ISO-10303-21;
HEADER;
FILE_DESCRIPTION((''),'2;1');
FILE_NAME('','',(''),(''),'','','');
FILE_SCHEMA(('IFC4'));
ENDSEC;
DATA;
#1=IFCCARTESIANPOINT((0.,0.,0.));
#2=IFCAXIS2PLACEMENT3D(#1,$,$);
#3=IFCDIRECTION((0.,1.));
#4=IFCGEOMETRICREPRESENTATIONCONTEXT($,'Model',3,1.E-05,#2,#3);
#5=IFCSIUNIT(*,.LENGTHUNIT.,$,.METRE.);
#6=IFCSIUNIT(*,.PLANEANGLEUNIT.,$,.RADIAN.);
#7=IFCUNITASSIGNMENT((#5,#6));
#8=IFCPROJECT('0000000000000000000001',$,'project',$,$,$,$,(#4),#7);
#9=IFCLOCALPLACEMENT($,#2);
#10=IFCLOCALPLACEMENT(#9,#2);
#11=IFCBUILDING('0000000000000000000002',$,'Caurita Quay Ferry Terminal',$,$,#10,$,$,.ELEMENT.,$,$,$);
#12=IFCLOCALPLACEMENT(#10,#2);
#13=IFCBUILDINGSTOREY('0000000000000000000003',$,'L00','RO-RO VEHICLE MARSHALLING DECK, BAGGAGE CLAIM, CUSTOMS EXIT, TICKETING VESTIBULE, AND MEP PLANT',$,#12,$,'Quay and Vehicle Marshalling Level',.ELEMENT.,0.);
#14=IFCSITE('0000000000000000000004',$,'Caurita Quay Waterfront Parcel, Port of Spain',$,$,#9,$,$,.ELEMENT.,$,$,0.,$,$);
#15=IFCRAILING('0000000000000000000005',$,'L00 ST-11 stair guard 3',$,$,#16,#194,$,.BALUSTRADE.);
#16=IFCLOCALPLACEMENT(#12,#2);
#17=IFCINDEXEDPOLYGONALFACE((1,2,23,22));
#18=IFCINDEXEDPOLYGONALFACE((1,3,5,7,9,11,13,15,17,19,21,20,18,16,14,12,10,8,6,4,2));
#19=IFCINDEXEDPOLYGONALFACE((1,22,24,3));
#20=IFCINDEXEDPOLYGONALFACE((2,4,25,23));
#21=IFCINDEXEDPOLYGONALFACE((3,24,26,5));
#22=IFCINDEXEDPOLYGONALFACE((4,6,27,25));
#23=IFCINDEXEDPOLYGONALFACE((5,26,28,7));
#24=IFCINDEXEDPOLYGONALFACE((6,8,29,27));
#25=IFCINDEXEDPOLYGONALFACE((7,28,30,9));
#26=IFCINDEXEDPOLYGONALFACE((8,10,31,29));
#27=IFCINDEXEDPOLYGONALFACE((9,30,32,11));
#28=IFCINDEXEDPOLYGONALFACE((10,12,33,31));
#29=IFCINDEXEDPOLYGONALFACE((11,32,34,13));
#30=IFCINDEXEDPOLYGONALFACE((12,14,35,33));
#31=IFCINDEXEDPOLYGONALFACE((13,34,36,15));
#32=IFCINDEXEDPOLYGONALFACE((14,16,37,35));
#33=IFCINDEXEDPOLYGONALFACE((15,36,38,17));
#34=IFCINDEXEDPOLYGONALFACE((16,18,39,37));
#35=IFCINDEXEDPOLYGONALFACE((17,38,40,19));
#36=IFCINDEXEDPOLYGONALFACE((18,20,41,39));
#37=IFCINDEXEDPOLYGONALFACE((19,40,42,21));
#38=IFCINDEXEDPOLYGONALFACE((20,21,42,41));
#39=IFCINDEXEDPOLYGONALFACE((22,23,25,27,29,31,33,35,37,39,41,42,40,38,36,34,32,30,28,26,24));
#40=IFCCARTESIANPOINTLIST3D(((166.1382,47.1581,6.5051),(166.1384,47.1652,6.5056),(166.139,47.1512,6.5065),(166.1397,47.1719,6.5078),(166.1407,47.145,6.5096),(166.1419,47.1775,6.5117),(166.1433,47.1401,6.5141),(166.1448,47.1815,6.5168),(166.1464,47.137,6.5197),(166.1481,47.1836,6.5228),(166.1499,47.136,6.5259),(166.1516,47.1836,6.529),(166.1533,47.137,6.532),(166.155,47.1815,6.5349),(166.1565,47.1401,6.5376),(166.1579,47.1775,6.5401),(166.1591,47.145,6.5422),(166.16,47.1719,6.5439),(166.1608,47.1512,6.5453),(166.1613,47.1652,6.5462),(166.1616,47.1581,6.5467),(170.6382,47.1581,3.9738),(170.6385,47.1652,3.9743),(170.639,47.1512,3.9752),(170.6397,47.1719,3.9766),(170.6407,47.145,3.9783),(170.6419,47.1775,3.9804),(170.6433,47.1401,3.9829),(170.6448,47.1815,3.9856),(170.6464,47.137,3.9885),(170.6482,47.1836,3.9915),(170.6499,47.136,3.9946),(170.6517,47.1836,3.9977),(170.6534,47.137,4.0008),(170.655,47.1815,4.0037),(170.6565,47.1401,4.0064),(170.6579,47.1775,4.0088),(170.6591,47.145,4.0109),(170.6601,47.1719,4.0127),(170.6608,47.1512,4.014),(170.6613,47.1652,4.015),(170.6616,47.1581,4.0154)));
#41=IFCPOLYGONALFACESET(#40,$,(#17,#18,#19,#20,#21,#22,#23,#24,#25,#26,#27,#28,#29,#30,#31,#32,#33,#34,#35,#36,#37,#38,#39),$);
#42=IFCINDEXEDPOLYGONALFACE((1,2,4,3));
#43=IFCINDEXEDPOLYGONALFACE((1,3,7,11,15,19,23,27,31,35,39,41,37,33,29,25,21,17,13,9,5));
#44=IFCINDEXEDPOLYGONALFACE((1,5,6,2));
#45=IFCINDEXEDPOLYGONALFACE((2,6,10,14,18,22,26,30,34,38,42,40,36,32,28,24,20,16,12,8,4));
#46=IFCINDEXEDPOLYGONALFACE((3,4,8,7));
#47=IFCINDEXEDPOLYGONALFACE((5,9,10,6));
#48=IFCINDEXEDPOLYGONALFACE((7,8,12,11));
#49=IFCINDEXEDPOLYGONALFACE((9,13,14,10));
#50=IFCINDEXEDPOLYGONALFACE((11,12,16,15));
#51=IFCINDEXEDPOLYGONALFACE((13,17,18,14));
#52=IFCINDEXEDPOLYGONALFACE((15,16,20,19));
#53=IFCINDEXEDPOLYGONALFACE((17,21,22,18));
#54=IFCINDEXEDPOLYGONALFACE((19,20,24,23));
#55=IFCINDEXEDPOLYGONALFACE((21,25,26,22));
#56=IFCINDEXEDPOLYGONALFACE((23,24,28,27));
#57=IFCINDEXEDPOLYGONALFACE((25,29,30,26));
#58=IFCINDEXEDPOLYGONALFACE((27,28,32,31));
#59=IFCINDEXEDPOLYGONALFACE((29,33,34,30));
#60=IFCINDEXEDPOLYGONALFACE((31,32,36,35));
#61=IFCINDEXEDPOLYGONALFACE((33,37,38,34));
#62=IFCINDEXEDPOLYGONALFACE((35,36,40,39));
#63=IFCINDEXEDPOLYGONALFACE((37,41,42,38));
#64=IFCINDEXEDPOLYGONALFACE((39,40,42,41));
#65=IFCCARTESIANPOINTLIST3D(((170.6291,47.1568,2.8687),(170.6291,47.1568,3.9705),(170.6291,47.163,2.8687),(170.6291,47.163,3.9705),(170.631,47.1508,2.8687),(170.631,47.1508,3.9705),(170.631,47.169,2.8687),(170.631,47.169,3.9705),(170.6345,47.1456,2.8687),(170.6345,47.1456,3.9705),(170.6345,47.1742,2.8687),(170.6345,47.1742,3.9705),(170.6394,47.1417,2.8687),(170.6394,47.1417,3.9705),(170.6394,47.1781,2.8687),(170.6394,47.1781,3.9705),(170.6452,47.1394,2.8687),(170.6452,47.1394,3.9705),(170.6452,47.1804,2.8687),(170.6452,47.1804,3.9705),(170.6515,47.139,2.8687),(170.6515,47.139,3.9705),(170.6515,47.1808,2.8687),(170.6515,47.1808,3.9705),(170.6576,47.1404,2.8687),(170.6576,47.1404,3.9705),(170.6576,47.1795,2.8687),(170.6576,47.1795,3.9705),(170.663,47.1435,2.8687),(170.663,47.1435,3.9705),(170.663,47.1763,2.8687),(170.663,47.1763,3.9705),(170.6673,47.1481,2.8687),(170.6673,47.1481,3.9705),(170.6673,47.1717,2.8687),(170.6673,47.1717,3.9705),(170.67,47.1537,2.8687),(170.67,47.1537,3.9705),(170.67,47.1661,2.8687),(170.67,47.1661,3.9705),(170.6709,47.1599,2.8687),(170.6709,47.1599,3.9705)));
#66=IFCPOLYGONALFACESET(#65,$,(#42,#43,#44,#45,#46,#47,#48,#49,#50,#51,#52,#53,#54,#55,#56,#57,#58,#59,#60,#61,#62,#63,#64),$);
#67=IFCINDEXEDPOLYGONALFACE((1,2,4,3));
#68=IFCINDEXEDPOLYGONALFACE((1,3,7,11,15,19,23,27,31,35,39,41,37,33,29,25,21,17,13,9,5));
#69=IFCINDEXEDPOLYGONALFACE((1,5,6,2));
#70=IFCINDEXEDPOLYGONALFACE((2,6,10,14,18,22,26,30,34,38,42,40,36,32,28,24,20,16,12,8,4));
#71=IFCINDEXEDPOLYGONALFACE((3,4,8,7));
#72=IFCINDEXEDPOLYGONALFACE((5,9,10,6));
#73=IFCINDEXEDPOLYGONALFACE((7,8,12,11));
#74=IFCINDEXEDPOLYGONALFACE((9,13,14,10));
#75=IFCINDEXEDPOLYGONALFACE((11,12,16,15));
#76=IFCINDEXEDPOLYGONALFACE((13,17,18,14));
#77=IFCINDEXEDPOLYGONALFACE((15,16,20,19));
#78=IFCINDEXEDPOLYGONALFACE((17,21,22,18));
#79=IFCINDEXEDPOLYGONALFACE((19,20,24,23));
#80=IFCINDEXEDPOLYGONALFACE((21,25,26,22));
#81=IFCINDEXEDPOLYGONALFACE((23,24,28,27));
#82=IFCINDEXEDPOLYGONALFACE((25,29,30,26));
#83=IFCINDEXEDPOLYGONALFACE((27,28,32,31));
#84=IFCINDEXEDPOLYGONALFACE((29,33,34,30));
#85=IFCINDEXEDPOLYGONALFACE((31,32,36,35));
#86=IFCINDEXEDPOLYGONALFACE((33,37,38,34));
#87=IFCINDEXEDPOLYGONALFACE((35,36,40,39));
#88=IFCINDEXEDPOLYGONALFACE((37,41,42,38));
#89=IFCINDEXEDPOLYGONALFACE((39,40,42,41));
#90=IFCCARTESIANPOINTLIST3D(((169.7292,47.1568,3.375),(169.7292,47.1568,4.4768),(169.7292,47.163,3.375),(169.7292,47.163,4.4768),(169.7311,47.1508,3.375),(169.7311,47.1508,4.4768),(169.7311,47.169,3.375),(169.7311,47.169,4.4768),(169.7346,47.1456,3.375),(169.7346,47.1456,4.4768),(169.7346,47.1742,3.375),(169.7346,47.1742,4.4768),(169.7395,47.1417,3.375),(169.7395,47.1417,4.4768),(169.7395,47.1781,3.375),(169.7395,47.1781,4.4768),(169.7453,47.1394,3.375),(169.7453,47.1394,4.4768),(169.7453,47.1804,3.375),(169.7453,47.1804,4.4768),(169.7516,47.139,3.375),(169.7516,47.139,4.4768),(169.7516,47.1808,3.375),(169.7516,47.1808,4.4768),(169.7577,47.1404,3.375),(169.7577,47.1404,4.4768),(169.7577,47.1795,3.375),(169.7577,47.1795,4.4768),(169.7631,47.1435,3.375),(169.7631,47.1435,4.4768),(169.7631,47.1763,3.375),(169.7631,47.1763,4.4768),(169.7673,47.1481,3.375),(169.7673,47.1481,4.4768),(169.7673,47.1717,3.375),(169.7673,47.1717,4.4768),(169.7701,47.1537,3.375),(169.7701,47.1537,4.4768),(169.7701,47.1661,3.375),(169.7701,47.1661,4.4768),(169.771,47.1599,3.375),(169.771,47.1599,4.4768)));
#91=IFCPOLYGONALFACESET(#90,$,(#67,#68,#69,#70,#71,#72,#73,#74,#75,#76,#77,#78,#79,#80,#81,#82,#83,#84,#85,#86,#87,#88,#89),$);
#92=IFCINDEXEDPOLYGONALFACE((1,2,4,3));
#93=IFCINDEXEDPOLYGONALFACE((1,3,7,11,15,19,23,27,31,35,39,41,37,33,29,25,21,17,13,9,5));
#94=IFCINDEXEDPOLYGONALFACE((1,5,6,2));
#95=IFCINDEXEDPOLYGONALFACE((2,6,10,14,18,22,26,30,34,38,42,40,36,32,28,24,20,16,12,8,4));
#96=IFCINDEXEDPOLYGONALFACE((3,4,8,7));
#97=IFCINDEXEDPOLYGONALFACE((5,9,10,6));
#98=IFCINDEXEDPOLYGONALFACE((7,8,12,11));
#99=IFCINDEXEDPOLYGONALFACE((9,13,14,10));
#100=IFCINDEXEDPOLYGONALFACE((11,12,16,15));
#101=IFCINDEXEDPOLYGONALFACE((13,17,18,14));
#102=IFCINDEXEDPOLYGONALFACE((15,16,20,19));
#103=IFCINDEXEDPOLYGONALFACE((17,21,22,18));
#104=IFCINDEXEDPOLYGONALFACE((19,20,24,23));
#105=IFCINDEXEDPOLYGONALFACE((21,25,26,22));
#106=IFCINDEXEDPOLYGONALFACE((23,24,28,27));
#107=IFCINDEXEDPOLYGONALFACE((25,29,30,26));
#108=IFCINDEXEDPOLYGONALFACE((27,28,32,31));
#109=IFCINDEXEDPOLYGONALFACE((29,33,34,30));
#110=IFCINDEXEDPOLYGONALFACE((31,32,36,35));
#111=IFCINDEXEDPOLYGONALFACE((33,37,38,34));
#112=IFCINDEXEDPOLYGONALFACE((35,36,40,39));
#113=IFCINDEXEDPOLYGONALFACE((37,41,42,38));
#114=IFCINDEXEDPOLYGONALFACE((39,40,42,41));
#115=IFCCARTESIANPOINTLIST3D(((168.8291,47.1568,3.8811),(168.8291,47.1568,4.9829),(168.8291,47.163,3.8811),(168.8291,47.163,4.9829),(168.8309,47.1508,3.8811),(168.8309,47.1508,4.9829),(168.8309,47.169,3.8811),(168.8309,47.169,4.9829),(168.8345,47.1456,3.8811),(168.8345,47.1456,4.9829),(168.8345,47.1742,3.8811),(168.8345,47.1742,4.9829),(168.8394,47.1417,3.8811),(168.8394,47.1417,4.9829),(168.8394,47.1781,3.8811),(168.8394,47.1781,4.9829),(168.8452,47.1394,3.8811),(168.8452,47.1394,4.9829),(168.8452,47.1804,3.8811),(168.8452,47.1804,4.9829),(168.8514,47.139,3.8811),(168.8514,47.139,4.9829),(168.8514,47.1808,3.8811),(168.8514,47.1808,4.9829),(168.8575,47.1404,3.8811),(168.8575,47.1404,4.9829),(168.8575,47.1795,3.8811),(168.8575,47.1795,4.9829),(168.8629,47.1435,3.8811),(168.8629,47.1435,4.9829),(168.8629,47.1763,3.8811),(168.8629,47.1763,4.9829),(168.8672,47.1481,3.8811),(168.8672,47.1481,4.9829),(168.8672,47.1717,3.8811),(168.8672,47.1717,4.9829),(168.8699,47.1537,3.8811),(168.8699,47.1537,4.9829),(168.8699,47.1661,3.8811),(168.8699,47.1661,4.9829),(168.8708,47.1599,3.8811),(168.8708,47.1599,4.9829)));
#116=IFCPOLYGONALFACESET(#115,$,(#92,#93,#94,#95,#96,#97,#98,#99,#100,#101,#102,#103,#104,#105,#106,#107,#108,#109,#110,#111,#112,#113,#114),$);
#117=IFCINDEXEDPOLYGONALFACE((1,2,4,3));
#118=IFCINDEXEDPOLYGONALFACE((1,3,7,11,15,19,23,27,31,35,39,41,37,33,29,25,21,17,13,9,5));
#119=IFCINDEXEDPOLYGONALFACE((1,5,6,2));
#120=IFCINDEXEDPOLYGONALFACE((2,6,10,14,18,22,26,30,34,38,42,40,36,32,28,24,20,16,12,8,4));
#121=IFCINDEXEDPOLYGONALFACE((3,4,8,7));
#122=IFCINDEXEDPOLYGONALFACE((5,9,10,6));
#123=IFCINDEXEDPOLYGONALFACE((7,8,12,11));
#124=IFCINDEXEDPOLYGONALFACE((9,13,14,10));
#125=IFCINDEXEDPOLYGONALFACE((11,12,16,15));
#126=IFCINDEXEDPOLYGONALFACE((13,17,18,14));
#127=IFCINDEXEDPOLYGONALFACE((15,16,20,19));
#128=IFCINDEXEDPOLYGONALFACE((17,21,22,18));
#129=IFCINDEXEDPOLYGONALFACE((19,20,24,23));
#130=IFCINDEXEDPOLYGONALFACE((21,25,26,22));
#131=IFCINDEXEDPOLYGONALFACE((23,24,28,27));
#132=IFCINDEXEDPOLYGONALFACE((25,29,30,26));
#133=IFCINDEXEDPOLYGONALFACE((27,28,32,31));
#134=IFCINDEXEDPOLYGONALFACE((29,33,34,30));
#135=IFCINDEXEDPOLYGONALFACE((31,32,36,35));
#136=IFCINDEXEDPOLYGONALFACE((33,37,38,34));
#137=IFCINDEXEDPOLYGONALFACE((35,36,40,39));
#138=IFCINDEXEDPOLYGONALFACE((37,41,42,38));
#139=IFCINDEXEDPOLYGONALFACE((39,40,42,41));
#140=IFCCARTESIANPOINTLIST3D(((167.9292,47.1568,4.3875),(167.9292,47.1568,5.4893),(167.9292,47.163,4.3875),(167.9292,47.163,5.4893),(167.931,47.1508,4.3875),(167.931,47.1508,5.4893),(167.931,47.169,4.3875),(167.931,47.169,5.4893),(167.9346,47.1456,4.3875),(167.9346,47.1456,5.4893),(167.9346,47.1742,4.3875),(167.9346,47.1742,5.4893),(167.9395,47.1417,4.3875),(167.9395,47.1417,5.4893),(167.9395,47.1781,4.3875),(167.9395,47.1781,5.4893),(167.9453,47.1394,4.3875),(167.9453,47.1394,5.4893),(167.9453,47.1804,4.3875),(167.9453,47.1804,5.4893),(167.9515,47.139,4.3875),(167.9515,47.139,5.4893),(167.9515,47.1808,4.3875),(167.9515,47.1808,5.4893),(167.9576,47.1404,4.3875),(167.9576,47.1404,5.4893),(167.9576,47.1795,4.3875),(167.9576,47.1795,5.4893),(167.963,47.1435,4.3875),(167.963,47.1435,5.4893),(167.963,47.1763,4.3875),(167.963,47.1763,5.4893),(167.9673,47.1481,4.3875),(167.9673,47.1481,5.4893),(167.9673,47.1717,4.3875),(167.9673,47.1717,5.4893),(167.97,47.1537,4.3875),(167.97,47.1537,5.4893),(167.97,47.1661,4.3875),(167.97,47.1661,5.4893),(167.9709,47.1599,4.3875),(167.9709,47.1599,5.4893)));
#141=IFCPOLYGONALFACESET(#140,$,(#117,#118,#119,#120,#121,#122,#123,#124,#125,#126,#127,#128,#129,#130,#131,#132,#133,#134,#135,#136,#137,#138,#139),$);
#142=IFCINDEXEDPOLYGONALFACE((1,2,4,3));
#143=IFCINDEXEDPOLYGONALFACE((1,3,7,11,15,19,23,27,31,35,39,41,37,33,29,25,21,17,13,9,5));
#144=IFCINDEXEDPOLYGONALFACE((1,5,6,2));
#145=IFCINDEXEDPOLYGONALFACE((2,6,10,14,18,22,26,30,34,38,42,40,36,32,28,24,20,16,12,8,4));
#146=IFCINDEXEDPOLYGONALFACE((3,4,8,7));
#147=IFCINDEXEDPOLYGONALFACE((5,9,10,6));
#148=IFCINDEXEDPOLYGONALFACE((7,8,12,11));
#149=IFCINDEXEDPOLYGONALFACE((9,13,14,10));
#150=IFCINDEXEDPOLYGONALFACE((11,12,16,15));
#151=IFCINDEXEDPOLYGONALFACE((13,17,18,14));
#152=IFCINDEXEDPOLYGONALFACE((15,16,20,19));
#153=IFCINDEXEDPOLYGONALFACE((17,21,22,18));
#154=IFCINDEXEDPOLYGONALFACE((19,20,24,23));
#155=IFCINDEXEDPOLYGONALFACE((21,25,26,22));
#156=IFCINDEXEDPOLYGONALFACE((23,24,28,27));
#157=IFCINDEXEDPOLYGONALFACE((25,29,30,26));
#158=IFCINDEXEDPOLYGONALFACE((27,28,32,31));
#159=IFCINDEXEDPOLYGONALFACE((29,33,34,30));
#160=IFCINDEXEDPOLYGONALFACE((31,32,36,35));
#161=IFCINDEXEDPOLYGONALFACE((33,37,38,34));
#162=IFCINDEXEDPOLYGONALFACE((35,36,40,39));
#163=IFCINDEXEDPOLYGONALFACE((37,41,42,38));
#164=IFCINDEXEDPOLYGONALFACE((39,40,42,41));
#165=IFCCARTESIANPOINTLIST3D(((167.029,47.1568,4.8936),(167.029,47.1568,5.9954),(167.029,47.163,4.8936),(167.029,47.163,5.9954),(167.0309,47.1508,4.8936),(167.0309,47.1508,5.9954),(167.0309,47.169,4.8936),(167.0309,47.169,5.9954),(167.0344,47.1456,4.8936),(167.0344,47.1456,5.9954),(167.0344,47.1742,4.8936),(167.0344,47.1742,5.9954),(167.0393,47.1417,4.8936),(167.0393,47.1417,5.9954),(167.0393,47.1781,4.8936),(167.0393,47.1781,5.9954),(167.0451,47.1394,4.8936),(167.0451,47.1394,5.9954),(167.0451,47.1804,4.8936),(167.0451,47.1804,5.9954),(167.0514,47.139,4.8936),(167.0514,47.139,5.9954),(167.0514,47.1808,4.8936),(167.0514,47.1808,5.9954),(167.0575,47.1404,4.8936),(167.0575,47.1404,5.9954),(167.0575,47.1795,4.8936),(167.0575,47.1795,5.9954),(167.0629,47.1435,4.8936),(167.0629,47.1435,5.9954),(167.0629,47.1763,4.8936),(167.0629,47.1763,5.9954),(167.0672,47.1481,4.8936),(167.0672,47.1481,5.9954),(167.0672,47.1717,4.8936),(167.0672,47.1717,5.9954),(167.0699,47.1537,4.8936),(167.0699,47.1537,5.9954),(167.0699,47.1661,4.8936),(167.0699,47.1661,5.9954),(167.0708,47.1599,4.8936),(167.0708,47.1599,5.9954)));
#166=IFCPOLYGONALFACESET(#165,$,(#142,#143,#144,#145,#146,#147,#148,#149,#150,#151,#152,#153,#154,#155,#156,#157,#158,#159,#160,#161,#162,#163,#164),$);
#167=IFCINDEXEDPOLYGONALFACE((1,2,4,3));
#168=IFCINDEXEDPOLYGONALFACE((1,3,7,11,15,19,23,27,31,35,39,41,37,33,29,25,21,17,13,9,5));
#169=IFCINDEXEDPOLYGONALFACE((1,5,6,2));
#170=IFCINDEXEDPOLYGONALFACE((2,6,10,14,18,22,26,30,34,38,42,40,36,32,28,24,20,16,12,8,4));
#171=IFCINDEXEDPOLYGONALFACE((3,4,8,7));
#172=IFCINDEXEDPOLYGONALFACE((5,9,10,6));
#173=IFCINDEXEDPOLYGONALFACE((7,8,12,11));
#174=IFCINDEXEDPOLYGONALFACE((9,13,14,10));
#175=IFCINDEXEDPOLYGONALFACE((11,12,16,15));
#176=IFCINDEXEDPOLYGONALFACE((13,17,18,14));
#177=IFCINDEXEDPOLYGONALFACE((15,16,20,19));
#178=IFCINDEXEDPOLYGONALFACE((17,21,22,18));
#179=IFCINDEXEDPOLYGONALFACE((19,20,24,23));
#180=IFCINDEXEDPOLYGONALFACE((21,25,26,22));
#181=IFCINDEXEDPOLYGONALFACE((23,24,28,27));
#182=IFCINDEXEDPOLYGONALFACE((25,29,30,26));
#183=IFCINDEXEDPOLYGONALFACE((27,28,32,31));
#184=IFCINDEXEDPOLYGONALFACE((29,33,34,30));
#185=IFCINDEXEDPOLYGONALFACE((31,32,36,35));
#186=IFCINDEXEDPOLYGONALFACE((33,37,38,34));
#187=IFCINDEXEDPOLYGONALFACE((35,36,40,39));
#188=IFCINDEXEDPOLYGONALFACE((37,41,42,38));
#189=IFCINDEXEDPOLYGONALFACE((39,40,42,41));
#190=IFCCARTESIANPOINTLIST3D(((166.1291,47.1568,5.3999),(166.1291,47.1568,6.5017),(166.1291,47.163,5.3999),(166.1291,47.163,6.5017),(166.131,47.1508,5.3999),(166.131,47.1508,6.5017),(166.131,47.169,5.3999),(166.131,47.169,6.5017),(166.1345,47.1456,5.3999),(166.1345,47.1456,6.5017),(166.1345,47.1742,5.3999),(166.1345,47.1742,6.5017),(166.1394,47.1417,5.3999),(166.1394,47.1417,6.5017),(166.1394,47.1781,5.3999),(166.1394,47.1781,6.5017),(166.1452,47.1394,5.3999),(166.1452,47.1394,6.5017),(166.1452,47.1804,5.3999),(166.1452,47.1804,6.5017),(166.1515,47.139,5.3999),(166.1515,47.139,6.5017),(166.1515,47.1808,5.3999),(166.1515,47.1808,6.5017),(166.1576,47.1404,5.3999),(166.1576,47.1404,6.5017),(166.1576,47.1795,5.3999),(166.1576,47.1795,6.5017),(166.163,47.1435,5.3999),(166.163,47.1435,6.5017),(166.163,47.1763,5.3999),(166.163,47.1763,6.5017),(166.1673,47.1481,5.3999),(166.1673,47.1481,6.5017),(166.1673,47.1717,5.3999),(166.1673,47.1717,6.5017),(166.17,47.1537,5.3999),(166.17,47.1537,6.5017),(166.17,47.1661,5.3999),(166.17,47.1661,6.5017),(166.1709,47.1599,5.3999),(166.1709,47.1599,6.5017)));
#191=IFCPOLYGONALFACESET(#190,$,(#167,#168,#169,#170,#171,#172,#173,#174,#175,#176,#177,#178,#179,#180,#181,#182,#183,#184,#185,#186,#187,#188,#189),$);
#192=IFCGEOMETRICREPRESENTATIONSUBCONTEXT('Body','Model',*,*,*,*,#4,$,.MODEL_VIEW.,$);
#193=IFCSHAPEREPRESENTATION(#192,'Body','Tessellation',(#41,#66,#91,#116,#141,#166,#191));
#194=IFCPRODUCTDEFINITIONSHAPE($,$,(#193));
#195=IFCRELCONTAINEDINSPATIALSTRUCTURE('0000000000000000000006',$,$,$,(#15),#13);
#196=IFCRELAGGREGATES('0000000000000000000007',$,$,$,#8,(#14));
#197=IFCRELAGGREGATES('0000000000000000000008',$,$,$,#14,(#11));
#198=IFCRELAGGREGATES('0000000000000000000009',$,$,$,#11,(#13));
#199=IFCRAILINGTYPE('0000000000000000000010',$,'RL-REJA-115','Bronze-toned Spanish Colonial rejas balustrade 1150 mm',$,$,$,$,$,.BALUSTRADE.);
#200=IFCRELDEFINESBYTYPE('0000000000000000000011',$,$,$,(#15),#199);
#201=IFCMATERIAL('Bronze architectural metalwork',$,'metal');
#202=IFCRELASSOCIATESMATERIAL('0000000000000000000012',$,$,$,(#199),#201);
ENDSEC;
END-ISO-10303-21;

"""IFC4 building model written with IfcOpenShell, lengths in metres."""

from ifc_helpers import new_model, si_unit, direction, frame, origin, origin_2d, place, context, subcontext, project, spatial, circle, extrude, material, type_object, element, save


model = new_model("IFC4")

# Units and contexts
model_context = context("Model", 3, precision=1e-05, world=origin(), true_north=direction((0.0, 1.0)))
body_context = subcontext(model_context, "Body", "Model", "MODEL_VIEW")
ifc_project = project(units=[si_unit("LENGTHUNIT", "METRE"), si_unit("PLANEANGLEUNIT", "RADIAN")], contexts=[model_context])

# Site, building, storey
site_placement = place(None, origin())
site = spatial("IfcSite", under=ifc_project, at=site_placement, Name="Caurita Quay Waterfront Parcel, Port of Spain", CompositionType="ELEMENT", RefElevation=0.0)
building_placement = place(site_placement, origin())
building = spatial("IfcBuilding", under=site, at=building_placement, Name="Caurita Quay Ferry Terminal", CompositionType="ELEMENT")
storey_placement = place(building_placement, origin())
storey = spatial("IfcBuildingStorey", under=building, at=storey_placement, Name="L00", Description="RO-RO VEHICLE MARSHALLING DECK, BAGGAGE CLAIM, CUSTOMS EXIT, TICKETING VESTIBULE, AND MEP PLANT", LongName="Quay and Vehicle Marshalling Level", CompositionType="ELEMENT", Elevation=0.0)

# Railing
ifc_material_1 = material(Name="Bronze architectural metalwork", Category="metal")
railing_type_1 = type_object("IfcRailingType", Name="RL-REJA-115", Description="Bronze-toned Spanish Colonial rejas balustrade 1150 mm", PredefinedType="BALUSTRADE", material=ifc_material_1)
railing_1_placement = place(storey_placement, frame((170.6499, 47.1599, 2.8687)))
element("IfcRailing", 1, at=railing_1_placement, inside=storey, type_object=railing_type_1, Name="L00 ST-11 stair guard 3", PredefinedType="BALUSTRADE", context=body_context, shape_type="SweptSolid", body=[
    extrude(circle(Radius=0.0239, at=origin_2d()), frame((0.0, 0.0, 1.126), z_axis=(-0.871576, 0.0, 0.490261), x_axis=(0.0, -1.0, 0.0)), (0.0, 0.0, 1.0), 5.1631),
    extrude(circle(Radius=0.021, at=origin_2d()), origin(), (0.0, 0.0, 1.0), 1.1018),
    extrude(circle(Radius=0.021, at=origin_2d()), frame((-0.8999, 0.0, 0.5063)), (0.0, 0.0, 1.0), 1.1018),
    extrude(circle(Radius=0.021, at=origin_2d()), frame((-1.8, 0.0, 1.0125)), (0.0, 0.0, 1.0), 1.1018),
    extrude(circle(Radius=0.021, at=origin_2d()), frame((-2.7, 0.0, 1.5188)), (0.0, 0.0, 1.0), 1.1018),
    extrude(circle(Radius=0.021, at=origin_2d()), frame((-3.6001, 0.0, 2.0249)), (0.0, 0.0, 1.0), 1.1018),
    extrude(circle(Radius=0.021, at=origin_2d()), frame((-4.5, 0.0, 2.5312)), (0.0, 0.0, 1.0), 1.1018),
])

save(model, "model.ifc")
